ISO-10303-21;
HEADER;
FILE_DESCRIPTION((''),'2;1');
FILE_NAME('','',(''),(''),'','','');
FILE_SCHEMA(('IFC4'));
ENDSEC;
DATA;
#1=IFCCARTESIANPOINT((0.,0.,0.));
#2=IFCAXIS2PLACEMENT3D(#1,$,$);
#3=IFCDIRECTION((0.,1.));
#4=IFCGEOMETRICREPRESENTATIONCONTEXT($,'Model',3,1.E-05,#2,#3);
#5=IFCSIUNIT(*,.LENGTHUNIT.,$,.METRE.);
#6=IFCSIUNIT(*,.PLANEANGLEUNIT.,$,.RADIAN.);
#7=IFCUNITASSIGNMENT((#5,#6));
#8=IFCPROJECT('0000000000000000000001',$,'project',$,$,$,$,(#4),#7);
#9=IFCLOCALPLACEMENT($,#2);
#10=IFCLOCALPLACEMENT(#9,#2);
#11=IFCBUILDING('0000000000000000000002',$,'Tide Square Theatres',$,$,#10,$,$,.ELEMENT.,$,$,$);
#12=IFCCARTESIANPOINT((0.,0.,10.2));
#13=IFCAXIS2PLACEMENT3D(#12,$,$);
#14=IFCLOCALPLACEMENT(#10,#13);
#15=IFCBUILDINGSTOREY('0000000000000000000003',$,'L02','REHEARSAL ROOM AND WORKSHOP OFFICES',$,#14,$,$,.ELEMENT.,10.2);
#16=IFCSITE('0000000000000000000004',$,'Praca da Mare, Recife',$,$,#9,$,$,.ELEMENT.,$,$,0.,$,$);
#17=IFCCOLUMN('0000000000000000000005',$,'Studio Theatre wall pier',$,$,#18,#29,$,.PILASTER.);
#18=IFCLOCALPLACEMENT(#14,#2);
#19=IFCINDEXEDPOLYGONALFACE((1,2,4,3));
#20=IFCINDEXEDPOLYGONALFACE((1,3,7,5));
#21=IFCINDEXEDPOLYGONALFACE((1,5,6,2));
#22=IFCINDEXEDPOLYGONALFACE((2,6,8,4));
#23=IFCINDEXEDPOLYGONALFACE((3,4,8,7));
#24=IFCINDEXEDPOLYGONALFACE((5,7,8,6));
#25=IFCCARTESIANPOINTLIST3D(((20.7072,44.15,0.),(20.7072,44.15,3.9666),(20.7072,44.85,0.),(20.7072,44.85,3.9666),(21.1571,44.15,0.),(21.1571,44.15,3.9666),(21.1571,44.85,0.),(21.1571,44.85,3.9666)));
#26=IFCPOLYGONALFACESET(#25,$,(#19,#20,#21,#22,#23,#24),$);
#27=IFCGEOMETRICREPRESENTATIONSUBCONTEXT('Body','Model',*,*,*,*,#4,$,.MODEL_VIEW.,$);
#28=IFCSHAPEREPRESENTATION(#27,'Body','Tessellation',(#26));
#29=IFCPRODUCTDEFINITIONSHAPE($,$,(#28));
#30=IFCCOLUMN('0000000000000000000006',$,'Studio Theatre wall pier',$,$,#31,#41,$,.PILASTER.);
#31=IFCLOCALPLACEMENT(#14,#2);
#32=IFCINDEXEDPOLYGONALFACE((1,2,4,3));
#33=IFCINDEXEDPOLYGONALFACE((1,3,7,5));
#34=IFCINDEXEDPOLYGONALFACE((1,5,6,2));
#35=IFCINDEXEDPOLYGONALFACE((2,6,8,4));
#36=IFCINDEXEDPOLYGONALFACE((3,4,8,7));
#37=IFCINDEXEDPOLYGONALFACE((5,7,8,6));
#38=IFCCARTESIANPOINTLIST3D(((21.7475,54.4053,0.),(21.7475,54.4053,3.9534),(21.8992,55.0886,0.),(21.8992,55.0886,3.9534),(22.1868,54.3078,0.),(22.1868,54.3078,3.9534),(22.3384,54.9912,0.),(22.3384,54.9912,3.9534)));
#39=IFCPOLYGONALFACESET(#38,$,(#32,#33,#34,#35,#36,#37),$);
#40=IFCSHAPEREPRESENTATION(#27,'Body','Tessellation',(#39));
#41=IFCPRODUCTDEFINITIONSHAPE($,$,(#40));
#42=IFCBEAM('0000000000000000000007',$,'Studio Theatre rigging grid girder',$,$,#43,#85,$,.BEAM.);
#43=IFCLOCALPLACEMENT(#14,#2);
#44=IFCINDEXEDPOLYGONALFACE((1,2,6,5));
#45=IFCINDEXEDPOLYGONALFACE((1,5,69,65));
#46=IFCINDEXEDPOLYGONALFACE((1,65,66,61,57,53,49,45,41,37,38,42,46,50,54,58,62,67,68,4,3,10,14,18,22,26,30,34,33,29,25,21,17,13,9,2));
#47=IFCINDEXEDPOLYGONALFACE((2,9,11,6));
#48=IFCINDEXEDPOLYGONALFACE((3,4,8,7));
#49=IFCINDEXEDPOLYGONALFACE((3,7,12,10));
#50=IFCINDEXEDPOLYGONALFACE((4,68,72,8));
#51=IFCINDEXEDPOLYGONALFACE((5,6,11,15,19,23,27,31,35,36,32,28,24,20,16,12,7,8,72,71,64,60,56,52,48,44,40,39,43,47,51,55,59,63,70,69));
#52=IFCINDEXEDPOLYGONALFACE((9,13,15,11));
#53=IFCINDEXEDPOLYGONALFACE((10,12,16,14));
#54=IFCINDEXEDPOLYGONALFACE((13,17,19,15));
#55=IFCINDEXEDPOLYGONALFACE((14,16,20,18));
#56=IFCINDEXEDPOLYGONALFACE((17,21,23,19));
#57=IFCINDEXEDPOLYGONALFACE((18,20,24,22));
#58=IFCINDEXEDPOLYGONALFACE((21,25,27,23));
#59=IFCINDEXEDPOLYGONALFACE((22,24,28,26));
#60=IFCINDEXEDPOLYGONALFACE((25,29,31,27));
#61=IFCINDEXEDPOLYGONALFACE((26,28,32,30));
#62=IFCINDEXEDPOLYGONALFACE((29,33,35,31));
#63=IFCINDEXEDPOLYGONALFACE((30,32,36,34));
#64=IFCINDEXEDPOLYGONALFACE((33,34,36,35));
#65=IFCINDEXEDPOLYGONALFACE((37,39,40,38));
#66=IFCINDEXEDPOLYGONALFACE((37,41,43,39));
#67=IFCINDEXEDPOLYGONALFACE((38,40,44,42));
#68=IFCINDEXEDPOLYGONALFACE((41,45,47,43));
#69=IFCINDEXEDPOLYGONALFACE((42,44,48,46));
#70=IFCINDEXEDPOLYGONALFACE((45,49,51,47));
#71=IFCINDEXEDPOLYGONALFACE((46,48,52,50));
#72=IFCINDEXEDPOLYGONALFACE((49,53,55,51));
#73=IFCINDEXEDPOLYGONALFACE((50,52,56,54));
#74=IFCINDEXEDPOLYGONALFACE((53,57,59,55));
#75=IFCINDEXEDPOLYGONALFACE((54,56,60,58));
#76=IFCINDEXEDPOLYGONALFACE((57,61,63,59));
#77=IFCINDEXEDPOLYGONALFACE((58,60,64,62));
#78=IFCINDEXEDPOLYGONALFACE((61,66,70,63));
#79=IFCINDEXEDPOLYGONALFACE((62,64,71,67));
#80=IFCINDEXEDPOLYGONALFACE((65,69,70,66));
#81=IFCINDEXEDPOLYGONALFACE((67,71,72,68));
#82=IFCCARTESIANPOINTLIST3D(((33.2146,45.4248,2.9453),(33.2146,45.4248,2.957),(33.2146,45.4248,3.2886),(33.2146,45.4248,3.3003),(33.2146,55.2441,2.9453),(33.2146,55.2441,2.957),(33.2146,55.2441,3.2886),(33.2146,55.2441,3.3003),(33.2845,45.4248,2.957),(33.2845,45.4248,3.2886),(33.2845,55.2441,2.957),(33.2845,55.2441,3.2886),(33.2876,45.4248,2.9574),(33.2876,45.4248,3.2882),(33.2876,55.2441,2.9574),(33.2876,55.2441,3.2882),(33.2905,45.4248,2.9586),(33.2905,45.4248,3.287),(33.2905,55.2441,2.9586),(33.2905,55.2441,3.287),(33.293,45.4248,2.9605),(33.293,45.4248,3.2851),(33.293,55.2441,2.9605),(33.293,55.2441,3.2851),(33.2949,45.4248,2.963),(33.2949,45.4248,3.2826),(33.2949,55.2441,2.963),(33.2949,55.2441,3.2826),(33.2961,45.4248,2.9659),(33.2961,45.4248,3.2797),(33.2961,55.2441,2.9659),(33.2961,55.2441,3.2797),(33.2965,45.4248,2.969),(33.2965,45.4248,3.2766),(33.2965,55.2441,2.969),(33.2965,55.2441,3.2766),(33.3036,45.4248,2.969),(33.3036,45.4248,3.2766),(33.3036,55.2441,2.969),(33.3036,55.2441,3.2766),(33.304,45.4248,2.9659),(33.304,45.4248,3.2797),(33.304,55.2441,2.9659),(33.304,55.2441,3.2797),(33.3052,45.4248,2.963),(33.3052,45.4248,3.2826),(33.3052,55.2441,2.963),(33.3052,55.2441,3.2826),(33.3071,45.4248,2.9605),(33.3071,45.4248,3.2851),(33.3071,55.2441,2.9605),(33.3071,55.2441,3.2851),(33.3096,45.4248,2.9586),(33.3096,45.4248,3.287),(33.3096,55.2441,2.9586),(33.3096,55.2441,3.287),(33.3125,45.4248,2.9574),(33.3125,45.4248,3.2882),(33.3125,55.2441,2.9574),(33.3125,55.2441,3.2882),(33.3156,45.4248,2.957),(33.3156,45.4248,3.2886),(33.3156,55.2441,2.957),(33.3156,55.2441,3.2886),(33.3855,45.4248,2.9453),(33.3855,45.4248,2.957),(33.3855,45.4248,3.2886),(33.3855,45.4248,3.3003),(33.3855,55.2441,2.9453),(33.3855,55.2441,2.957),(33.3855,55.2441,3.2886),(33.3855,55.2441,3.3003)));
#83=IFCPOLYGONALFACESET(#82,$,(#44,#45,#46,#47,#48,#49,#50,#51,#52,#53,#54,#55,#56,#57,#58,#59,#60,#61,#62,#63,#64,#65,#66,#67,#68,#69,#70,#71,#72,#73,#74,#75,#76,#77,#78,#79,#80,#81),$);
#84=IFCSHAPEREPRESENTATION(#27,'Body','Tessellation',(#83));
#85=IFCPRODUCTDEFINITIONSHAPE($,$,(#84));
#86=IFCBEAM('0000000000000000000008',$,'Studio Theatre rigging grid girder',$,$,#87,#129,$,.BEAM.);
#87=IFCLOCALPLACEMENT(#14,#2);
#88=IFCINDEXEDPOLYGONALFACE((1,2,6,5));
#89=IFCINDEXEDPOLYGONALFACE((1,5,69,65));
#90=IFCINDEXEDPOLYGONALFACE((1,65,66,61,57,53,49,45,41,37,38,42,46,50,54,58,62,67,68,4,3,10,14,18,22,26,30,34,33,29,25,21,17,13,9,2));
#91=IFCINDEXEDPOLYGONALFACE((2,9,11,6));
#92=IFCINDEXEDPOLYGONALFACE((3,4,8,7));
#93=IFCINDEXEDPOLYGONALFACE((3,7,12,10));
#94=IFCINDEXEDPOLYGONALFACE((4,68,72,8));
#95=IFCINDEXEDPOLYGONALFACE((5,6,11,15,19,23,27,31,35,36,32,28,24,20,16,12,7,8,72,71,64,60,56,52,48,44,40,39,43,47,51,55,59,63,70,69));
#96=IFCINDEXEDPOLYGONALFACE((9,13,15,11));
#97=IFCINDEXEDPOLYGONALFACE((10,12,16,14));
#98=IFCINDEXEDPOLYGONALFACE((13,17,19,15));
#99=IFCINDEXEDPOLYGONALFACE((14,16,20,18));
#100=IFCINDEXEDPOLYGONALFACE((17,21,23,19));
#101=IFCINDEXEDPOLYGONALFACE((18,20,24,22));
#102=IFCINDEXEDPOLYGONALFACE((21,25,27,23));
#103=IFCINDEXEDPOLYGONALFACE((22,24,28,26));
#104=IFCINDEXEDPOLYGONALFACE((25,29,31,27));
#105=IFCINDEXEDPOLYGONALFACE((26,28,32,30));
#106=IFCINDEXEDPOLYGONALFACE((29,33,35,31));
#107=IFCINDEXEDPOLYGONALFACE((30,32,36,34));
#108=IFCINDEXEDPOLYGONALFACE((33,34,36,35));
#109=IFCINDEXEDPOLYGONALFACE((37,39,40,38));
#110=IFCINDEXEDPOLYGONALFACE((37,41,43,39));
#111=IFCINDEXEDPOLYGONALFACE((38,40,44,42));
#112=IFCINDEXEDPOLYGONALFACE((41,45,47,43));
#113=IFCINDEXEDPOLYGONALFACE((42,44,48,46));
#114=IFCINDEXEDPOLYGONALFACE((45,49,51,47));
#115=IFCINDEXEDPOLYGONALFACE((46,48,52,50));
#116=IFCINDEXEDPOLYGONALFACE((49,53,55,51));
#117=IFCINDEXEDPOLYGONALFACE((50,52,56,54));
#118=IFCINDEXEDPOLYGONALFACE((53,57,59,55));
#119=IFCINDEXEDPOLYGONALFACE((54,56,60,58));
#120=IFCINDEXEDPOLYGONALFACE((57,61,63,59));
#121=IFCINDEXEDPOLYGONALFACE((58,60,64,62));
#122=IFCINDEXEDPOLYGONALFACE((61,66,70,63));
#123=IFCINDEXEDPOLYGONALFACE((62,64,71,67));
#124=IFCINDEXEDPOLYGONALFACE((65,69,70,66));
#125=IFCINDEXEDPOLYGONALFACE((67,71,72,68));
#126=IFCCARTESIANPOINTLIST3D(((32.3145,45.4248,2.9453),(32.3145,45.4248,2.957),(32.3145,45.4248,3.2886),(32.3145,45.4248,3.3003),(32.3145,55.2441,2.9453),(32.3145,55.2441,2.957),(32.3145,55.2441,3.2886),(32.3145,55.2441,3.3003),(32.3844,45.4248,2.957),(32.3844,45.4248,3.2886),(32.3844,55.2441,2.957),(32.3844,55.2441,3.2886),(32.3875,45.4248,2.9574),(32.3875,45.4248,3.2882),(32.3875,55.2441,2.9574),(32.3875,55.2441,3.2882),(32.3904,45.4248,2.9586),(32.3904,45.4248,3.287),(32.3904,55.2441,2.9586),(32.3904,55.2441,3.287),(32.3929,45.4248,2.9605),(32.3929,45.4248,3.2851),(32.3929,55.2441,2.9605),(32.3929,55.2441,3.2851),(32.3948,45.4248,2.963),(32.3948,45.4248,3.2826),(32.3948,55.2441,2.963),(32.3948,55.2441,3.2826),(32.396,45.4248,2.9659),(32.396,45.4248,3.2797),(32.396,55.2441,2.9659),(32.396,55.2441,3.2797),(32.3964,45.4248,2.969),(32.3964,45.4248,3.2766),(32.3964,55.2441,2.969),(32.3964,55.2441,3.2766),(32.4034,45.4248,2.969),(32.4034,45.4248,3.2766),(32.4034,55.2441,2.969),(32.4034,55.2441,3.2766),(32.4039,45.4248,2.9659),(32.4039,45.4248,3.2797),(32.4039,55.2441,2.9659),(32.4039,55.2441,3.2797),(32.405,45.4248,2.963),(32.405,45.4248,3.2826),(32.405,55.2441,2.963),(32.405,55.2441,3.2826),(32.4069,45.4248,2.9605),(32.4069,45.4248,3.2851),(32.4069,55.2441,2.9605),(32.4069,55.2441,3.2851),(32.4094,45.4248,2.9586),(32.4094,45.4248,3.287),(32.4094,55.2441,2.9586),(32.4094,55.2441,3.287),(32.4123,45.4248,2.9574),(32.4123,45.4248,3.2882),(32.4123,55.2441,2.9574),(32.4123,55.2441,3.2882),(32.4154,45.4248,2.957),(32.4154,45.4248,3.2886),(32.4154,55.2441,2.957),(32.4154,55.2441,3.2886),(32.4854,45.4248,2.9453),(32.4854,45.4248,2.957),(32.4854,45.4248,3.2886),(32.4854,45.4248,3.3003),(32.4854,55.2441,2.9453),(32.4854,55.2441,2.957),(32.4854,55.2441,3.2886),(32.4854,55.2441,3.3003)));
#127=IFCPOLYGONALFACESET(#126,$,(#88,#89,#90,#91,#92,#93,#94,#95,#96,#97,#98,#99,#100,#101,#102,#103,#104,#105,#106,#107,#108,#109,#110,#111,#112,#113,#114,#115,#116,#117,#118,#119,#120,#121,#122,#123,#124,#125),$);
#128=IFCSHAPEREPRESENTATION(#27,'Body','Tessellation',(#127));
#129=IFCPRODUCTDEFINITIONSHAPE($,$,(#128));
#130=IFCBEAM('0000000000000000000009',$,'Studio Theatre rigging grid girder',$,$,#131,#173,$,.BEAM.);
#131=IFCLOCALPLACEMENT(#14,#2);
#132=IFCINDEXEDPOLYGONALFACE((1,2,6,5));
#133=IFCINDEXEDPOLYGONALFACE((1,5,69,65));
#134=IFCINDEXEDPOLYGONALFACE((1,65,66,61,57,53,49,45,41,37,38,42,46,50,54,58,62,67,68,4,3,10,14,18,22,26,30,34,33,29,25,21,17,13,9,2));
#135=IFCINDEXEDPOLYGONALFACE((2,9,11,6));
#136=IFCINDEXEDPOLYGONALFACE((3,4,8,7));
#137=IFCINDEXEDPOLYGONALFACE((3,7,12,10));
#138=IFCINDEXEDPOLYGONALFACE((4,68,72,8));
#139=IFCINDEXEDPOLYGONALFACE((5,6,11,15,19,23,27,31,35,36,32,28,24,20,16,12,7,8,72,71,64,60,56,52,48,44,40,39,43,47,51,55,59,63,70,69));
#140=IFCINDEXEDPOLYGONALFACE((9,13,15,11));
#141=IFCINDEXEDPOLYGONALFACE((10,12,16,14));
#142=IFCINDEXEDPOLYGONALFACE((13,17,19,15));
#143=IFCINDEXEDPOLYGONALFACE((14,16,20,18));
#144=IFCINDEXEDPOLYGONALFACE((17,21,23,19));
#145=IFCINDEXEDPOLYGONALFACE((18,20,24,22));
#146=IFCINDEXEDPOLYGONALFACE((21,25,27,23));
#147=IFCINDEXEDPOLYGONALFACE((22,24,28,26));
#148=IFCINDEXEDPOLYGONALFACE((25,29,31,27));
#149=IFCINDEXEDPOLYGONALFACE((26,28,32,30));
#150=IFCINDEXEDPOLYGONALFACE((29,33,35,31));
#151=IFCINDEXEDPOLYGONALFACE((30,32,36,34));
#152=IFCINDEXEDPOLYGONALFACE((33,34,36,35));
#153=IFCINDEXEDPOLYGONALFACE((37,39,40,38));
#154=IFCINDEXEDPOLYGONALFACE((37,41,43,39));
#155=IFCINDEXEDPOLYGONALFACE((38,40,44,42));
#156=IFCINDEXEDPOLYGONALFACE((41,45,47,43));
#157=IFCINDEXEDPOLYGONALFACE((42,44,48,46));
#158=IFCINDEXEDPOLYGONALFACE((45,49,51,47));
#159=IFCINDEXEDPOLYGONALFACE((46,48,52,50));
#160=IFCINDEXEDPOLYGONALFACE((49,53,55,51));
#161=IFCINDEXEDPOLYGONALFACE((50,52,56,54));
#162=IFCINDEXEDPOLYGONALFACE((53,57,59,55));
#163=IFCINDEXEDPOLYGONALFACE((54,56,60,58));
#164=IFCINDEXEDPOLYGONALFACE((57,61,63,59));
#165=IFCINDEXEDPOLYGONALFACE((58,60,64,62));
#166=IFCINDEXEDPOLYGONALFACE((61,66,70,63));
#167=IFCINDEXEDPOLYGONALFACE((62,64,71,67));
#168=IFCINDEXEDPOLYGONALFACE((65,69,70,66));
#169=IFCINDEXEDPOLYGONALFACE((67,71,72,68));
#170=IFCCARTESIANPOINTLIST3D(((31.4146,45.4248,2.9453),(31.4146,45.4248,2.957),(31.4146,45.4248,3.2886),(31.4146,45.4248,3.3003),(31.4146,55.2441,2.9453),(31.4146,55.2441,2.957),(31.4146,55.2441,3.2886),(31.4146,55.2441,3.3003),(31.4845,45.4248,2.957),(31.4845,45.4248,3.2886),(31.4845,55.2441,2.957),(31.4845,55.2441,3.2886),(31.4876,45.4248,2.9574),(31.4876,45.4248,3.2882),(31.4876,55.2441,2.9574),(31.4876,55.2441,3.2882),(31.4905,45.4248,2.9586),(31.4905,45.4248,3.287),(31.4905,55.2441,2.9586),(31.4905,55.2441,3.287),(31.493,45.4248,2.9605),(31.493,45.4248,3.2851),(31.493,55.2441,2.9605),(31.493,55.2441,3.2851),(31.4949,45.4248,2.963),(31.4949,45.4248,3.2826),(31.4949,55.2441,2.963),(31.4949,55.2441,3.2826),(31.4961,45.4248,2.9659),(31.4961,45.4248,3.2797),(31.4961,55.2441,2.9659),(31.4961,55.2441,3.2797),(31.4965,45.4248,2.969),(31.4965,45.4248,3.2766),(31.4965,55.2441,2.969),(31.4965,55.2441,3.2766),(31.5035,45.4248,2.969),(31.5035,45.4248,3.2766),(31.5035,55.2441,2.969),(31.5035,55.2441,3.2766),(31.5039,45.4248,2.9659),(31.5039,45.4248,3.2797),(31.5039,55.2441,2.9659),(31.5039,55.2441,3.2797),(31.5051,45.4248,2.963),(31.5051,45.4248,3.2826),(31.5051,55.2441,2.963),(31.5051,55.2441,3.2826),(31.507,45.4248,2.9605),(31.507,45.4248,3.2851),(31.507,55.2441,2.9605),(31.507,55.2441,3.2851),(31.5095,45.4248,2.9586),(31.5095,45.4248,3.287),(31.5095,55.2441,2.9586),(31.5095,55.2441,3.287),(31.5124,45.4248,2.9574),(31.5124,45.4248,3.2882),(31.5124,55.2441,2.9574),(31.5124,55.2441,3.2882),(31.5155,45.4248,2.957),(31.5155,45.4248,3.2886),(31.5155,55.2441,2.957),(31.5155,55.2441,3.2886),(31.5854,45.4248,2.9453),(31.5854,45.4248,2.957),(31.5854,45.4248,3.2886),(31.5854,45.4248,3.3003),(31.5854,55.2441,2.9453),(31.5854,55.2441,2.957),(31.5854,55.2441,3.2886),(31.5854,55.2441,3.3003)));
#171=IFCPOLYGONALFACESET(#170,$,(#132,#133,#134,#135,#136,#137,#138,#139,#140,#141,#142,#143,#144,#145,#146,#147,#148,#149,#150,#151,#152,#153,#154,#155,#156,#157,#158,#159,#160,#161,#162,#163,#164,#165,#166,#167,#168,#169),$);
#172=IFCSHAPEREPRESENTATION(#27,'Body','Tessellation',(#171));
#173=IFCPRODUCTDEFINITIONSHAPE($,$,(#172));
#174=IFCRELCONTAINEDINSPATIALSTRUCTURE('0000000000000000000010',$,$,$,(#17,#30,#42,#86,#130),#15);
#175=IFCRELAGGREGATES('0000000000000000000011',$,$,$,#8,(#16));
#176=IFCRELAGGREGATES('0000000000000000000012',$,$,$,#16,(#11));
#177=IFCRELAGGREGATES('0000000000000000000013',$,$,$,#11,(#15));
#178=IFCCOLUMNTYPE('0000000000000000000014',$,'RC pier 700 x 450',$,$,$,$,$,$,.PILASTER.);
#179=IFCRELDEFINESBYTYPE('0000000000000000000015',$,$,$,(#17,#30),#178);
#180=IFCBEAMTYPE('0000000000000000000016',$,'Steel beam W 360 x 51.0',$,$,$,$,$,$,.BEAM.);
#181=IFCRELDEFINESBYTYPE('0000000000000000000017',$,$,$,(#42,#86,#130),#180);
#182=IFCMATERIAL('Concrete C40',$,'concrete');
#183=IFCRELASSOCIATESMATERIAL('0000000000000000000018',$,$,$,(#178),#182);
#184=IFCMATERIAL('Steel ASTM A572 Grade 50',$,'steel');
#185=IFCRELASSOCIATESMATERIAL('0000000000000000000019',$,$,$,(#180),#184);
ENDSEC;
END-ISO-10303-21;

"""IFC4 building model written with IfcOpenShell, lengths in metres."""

from ifc_helpers import new_model, si_unit, direction, frame, origin, origin_2d, place, context, subcontext, project, spatial, rectangle, i_section, extrude, material, material_profile, profile_set, type_object, element, save


model = new_model("IFC4")

# Units and contexts
model_context = context("Model", 3, precision=1e-05, world=origin(), true_north=direction((0.0, 1.0)))
body_context = subcontext(model_context, "Body", "Model", "MODEL_VIEW")
ifc_project = project(units=[si_unit("LENGTHUNIT", "METRE"), si_unit("PLANEANGLEUNIT", "RADIAN")], contexts=[model_context])

# Site, building, storey
site_placement = place(None, origin())
site = spatial("IfcSite", under=ifc_project, at=site_placement, Name="Praca da Mare, Recife", CompositionType="ELEMENT", RefElevation=0.0)
building_placement = place(site_placement, origin())
building = spatial("IfcBuilding", under=site, at=building_placement, Name="Tide Square Theatres", CompositionType="ELEMENT")
storey_placement = place(building_placement, frame((0.0, 0.0, 10.2)))
storey = spatial("IfcBuildingStorey", under=building, at=storey_placement, Name="L02", Description="REHEARSAL ROOM AND WORKSHOP OFFICES", CompositionType="ELEMENT", Elevation=10.2)

# Columns
ifc_material_1 = material(Name="Concrete C40", Category="concrete")
ifc_material_profile_1 = material_profile(ifc_material_1, rectangle(XDim=0.7, YDim=0.45, at=origin_2d()))
ifc_profile_set_1 = profile_set([ifc_material_profile_1], Name="Concrete C40")
column_type = type_object("IfcColumnType", Name="RC pier 700 x 450", PredefinedType="PILASTER", material=ifc_profile_set_1)
column_1_placement = place(storey_placement, frame((20.9321, 44.5, 0.0), z_axis=(0.0, 0.0, 1.0), x_axis=(0.0, -1.0, 0.0)))
element("IfcColumn", 1, at=column_1_placement, inside=storey, type_object=column_type, Name="Studio Theatre wall pier", PredefinedType="PILASTER", context=body_context, shape_type="SweptSolid", body=[
    extrude(rectangle(XDim=0.7, YDim=0.45, at=origin_2d()), origin(), (0.0, 0.0, 1.0), 3.9666),
])
column_2_placement = place(storey_placement, frame((22.043, 54.6982, 0.0), z_axis=(0.0, 0.0, 1.0), x_axis=(-0.216641, -0.976251, 0.0)))
element("IfcColumn", 2, at=column_2_placement, inside=storey, type_object=column_type, Name="Studio Theatre wall pier", PredefinedType="PILASTER", context=body_context, shape_type="SweptSolid", body=[
    extrude(rectangle(XDim=0.7, YDim=0.45, at=origin_2d()), origin(), (0.0, 0.0, 1.0), 3.9534),
])

# Beams
ifc_material_2 = material(Name="Steel ASTM A572 Grade 50", Category="steel")
ifc_material_profile_2 = material_profile(ifc_material_2, i_section(OverallWidth=0.1709, OverallDepth=0.355, WebThickness=0.0071, FlangeThickness=0.0117, FilletRadius=0.012, at=origin_2d()))
ifc_profile_set_2 = profile_set([ifc_material_profile_2], Name="Steel ASTM A572 Grade 50")
beam_type = type_object("IfcBeamType", Name="Steel beam W 360 x 51.0", PredefinedType="BEAM", material=ifc_profile_set_2)
for number, where, z_axis, x_axis, name in (
    (3, (33.3, 45.4248, 3.1228), (0.0, 1.0, 0.0), (-1.0, 0.0, 0.0), "Studio Theatre rigging grid girder"),
    (4, (32.3999, 45.4248, 3.1228), (0.0, 1.0, 0.0), (-1.0, 0.0, 0.0), "Studio Theatre rigging grid girder"),
    (5, (31.5, 45.4248, 3.1228), (0.0, 1.0, 0.0), (-1.0, 0.0, 0.0), "Studio Theatre rigging grid girder"),
):
    element("IfcBeam", number, at=place(storey_placement, frame(where, z_axis=z_axis, x_axis=x_axis)), inside=storey, type_object=beam_type, Name=name, PredefinedType="BEAM", context=body_context, shape_type="SweptSolid", body=[
        extrude(i_section(OverallWidth=0.1709, OverallDepth=0.355, WebThickness=0.0071, FlangeThickness=0.0117, FilletRadius=0.012, at=origin_2d()), origin(), (0.0, 0.0, 1.0), 9.8193),
    ])

save(model, "model.ifc")
